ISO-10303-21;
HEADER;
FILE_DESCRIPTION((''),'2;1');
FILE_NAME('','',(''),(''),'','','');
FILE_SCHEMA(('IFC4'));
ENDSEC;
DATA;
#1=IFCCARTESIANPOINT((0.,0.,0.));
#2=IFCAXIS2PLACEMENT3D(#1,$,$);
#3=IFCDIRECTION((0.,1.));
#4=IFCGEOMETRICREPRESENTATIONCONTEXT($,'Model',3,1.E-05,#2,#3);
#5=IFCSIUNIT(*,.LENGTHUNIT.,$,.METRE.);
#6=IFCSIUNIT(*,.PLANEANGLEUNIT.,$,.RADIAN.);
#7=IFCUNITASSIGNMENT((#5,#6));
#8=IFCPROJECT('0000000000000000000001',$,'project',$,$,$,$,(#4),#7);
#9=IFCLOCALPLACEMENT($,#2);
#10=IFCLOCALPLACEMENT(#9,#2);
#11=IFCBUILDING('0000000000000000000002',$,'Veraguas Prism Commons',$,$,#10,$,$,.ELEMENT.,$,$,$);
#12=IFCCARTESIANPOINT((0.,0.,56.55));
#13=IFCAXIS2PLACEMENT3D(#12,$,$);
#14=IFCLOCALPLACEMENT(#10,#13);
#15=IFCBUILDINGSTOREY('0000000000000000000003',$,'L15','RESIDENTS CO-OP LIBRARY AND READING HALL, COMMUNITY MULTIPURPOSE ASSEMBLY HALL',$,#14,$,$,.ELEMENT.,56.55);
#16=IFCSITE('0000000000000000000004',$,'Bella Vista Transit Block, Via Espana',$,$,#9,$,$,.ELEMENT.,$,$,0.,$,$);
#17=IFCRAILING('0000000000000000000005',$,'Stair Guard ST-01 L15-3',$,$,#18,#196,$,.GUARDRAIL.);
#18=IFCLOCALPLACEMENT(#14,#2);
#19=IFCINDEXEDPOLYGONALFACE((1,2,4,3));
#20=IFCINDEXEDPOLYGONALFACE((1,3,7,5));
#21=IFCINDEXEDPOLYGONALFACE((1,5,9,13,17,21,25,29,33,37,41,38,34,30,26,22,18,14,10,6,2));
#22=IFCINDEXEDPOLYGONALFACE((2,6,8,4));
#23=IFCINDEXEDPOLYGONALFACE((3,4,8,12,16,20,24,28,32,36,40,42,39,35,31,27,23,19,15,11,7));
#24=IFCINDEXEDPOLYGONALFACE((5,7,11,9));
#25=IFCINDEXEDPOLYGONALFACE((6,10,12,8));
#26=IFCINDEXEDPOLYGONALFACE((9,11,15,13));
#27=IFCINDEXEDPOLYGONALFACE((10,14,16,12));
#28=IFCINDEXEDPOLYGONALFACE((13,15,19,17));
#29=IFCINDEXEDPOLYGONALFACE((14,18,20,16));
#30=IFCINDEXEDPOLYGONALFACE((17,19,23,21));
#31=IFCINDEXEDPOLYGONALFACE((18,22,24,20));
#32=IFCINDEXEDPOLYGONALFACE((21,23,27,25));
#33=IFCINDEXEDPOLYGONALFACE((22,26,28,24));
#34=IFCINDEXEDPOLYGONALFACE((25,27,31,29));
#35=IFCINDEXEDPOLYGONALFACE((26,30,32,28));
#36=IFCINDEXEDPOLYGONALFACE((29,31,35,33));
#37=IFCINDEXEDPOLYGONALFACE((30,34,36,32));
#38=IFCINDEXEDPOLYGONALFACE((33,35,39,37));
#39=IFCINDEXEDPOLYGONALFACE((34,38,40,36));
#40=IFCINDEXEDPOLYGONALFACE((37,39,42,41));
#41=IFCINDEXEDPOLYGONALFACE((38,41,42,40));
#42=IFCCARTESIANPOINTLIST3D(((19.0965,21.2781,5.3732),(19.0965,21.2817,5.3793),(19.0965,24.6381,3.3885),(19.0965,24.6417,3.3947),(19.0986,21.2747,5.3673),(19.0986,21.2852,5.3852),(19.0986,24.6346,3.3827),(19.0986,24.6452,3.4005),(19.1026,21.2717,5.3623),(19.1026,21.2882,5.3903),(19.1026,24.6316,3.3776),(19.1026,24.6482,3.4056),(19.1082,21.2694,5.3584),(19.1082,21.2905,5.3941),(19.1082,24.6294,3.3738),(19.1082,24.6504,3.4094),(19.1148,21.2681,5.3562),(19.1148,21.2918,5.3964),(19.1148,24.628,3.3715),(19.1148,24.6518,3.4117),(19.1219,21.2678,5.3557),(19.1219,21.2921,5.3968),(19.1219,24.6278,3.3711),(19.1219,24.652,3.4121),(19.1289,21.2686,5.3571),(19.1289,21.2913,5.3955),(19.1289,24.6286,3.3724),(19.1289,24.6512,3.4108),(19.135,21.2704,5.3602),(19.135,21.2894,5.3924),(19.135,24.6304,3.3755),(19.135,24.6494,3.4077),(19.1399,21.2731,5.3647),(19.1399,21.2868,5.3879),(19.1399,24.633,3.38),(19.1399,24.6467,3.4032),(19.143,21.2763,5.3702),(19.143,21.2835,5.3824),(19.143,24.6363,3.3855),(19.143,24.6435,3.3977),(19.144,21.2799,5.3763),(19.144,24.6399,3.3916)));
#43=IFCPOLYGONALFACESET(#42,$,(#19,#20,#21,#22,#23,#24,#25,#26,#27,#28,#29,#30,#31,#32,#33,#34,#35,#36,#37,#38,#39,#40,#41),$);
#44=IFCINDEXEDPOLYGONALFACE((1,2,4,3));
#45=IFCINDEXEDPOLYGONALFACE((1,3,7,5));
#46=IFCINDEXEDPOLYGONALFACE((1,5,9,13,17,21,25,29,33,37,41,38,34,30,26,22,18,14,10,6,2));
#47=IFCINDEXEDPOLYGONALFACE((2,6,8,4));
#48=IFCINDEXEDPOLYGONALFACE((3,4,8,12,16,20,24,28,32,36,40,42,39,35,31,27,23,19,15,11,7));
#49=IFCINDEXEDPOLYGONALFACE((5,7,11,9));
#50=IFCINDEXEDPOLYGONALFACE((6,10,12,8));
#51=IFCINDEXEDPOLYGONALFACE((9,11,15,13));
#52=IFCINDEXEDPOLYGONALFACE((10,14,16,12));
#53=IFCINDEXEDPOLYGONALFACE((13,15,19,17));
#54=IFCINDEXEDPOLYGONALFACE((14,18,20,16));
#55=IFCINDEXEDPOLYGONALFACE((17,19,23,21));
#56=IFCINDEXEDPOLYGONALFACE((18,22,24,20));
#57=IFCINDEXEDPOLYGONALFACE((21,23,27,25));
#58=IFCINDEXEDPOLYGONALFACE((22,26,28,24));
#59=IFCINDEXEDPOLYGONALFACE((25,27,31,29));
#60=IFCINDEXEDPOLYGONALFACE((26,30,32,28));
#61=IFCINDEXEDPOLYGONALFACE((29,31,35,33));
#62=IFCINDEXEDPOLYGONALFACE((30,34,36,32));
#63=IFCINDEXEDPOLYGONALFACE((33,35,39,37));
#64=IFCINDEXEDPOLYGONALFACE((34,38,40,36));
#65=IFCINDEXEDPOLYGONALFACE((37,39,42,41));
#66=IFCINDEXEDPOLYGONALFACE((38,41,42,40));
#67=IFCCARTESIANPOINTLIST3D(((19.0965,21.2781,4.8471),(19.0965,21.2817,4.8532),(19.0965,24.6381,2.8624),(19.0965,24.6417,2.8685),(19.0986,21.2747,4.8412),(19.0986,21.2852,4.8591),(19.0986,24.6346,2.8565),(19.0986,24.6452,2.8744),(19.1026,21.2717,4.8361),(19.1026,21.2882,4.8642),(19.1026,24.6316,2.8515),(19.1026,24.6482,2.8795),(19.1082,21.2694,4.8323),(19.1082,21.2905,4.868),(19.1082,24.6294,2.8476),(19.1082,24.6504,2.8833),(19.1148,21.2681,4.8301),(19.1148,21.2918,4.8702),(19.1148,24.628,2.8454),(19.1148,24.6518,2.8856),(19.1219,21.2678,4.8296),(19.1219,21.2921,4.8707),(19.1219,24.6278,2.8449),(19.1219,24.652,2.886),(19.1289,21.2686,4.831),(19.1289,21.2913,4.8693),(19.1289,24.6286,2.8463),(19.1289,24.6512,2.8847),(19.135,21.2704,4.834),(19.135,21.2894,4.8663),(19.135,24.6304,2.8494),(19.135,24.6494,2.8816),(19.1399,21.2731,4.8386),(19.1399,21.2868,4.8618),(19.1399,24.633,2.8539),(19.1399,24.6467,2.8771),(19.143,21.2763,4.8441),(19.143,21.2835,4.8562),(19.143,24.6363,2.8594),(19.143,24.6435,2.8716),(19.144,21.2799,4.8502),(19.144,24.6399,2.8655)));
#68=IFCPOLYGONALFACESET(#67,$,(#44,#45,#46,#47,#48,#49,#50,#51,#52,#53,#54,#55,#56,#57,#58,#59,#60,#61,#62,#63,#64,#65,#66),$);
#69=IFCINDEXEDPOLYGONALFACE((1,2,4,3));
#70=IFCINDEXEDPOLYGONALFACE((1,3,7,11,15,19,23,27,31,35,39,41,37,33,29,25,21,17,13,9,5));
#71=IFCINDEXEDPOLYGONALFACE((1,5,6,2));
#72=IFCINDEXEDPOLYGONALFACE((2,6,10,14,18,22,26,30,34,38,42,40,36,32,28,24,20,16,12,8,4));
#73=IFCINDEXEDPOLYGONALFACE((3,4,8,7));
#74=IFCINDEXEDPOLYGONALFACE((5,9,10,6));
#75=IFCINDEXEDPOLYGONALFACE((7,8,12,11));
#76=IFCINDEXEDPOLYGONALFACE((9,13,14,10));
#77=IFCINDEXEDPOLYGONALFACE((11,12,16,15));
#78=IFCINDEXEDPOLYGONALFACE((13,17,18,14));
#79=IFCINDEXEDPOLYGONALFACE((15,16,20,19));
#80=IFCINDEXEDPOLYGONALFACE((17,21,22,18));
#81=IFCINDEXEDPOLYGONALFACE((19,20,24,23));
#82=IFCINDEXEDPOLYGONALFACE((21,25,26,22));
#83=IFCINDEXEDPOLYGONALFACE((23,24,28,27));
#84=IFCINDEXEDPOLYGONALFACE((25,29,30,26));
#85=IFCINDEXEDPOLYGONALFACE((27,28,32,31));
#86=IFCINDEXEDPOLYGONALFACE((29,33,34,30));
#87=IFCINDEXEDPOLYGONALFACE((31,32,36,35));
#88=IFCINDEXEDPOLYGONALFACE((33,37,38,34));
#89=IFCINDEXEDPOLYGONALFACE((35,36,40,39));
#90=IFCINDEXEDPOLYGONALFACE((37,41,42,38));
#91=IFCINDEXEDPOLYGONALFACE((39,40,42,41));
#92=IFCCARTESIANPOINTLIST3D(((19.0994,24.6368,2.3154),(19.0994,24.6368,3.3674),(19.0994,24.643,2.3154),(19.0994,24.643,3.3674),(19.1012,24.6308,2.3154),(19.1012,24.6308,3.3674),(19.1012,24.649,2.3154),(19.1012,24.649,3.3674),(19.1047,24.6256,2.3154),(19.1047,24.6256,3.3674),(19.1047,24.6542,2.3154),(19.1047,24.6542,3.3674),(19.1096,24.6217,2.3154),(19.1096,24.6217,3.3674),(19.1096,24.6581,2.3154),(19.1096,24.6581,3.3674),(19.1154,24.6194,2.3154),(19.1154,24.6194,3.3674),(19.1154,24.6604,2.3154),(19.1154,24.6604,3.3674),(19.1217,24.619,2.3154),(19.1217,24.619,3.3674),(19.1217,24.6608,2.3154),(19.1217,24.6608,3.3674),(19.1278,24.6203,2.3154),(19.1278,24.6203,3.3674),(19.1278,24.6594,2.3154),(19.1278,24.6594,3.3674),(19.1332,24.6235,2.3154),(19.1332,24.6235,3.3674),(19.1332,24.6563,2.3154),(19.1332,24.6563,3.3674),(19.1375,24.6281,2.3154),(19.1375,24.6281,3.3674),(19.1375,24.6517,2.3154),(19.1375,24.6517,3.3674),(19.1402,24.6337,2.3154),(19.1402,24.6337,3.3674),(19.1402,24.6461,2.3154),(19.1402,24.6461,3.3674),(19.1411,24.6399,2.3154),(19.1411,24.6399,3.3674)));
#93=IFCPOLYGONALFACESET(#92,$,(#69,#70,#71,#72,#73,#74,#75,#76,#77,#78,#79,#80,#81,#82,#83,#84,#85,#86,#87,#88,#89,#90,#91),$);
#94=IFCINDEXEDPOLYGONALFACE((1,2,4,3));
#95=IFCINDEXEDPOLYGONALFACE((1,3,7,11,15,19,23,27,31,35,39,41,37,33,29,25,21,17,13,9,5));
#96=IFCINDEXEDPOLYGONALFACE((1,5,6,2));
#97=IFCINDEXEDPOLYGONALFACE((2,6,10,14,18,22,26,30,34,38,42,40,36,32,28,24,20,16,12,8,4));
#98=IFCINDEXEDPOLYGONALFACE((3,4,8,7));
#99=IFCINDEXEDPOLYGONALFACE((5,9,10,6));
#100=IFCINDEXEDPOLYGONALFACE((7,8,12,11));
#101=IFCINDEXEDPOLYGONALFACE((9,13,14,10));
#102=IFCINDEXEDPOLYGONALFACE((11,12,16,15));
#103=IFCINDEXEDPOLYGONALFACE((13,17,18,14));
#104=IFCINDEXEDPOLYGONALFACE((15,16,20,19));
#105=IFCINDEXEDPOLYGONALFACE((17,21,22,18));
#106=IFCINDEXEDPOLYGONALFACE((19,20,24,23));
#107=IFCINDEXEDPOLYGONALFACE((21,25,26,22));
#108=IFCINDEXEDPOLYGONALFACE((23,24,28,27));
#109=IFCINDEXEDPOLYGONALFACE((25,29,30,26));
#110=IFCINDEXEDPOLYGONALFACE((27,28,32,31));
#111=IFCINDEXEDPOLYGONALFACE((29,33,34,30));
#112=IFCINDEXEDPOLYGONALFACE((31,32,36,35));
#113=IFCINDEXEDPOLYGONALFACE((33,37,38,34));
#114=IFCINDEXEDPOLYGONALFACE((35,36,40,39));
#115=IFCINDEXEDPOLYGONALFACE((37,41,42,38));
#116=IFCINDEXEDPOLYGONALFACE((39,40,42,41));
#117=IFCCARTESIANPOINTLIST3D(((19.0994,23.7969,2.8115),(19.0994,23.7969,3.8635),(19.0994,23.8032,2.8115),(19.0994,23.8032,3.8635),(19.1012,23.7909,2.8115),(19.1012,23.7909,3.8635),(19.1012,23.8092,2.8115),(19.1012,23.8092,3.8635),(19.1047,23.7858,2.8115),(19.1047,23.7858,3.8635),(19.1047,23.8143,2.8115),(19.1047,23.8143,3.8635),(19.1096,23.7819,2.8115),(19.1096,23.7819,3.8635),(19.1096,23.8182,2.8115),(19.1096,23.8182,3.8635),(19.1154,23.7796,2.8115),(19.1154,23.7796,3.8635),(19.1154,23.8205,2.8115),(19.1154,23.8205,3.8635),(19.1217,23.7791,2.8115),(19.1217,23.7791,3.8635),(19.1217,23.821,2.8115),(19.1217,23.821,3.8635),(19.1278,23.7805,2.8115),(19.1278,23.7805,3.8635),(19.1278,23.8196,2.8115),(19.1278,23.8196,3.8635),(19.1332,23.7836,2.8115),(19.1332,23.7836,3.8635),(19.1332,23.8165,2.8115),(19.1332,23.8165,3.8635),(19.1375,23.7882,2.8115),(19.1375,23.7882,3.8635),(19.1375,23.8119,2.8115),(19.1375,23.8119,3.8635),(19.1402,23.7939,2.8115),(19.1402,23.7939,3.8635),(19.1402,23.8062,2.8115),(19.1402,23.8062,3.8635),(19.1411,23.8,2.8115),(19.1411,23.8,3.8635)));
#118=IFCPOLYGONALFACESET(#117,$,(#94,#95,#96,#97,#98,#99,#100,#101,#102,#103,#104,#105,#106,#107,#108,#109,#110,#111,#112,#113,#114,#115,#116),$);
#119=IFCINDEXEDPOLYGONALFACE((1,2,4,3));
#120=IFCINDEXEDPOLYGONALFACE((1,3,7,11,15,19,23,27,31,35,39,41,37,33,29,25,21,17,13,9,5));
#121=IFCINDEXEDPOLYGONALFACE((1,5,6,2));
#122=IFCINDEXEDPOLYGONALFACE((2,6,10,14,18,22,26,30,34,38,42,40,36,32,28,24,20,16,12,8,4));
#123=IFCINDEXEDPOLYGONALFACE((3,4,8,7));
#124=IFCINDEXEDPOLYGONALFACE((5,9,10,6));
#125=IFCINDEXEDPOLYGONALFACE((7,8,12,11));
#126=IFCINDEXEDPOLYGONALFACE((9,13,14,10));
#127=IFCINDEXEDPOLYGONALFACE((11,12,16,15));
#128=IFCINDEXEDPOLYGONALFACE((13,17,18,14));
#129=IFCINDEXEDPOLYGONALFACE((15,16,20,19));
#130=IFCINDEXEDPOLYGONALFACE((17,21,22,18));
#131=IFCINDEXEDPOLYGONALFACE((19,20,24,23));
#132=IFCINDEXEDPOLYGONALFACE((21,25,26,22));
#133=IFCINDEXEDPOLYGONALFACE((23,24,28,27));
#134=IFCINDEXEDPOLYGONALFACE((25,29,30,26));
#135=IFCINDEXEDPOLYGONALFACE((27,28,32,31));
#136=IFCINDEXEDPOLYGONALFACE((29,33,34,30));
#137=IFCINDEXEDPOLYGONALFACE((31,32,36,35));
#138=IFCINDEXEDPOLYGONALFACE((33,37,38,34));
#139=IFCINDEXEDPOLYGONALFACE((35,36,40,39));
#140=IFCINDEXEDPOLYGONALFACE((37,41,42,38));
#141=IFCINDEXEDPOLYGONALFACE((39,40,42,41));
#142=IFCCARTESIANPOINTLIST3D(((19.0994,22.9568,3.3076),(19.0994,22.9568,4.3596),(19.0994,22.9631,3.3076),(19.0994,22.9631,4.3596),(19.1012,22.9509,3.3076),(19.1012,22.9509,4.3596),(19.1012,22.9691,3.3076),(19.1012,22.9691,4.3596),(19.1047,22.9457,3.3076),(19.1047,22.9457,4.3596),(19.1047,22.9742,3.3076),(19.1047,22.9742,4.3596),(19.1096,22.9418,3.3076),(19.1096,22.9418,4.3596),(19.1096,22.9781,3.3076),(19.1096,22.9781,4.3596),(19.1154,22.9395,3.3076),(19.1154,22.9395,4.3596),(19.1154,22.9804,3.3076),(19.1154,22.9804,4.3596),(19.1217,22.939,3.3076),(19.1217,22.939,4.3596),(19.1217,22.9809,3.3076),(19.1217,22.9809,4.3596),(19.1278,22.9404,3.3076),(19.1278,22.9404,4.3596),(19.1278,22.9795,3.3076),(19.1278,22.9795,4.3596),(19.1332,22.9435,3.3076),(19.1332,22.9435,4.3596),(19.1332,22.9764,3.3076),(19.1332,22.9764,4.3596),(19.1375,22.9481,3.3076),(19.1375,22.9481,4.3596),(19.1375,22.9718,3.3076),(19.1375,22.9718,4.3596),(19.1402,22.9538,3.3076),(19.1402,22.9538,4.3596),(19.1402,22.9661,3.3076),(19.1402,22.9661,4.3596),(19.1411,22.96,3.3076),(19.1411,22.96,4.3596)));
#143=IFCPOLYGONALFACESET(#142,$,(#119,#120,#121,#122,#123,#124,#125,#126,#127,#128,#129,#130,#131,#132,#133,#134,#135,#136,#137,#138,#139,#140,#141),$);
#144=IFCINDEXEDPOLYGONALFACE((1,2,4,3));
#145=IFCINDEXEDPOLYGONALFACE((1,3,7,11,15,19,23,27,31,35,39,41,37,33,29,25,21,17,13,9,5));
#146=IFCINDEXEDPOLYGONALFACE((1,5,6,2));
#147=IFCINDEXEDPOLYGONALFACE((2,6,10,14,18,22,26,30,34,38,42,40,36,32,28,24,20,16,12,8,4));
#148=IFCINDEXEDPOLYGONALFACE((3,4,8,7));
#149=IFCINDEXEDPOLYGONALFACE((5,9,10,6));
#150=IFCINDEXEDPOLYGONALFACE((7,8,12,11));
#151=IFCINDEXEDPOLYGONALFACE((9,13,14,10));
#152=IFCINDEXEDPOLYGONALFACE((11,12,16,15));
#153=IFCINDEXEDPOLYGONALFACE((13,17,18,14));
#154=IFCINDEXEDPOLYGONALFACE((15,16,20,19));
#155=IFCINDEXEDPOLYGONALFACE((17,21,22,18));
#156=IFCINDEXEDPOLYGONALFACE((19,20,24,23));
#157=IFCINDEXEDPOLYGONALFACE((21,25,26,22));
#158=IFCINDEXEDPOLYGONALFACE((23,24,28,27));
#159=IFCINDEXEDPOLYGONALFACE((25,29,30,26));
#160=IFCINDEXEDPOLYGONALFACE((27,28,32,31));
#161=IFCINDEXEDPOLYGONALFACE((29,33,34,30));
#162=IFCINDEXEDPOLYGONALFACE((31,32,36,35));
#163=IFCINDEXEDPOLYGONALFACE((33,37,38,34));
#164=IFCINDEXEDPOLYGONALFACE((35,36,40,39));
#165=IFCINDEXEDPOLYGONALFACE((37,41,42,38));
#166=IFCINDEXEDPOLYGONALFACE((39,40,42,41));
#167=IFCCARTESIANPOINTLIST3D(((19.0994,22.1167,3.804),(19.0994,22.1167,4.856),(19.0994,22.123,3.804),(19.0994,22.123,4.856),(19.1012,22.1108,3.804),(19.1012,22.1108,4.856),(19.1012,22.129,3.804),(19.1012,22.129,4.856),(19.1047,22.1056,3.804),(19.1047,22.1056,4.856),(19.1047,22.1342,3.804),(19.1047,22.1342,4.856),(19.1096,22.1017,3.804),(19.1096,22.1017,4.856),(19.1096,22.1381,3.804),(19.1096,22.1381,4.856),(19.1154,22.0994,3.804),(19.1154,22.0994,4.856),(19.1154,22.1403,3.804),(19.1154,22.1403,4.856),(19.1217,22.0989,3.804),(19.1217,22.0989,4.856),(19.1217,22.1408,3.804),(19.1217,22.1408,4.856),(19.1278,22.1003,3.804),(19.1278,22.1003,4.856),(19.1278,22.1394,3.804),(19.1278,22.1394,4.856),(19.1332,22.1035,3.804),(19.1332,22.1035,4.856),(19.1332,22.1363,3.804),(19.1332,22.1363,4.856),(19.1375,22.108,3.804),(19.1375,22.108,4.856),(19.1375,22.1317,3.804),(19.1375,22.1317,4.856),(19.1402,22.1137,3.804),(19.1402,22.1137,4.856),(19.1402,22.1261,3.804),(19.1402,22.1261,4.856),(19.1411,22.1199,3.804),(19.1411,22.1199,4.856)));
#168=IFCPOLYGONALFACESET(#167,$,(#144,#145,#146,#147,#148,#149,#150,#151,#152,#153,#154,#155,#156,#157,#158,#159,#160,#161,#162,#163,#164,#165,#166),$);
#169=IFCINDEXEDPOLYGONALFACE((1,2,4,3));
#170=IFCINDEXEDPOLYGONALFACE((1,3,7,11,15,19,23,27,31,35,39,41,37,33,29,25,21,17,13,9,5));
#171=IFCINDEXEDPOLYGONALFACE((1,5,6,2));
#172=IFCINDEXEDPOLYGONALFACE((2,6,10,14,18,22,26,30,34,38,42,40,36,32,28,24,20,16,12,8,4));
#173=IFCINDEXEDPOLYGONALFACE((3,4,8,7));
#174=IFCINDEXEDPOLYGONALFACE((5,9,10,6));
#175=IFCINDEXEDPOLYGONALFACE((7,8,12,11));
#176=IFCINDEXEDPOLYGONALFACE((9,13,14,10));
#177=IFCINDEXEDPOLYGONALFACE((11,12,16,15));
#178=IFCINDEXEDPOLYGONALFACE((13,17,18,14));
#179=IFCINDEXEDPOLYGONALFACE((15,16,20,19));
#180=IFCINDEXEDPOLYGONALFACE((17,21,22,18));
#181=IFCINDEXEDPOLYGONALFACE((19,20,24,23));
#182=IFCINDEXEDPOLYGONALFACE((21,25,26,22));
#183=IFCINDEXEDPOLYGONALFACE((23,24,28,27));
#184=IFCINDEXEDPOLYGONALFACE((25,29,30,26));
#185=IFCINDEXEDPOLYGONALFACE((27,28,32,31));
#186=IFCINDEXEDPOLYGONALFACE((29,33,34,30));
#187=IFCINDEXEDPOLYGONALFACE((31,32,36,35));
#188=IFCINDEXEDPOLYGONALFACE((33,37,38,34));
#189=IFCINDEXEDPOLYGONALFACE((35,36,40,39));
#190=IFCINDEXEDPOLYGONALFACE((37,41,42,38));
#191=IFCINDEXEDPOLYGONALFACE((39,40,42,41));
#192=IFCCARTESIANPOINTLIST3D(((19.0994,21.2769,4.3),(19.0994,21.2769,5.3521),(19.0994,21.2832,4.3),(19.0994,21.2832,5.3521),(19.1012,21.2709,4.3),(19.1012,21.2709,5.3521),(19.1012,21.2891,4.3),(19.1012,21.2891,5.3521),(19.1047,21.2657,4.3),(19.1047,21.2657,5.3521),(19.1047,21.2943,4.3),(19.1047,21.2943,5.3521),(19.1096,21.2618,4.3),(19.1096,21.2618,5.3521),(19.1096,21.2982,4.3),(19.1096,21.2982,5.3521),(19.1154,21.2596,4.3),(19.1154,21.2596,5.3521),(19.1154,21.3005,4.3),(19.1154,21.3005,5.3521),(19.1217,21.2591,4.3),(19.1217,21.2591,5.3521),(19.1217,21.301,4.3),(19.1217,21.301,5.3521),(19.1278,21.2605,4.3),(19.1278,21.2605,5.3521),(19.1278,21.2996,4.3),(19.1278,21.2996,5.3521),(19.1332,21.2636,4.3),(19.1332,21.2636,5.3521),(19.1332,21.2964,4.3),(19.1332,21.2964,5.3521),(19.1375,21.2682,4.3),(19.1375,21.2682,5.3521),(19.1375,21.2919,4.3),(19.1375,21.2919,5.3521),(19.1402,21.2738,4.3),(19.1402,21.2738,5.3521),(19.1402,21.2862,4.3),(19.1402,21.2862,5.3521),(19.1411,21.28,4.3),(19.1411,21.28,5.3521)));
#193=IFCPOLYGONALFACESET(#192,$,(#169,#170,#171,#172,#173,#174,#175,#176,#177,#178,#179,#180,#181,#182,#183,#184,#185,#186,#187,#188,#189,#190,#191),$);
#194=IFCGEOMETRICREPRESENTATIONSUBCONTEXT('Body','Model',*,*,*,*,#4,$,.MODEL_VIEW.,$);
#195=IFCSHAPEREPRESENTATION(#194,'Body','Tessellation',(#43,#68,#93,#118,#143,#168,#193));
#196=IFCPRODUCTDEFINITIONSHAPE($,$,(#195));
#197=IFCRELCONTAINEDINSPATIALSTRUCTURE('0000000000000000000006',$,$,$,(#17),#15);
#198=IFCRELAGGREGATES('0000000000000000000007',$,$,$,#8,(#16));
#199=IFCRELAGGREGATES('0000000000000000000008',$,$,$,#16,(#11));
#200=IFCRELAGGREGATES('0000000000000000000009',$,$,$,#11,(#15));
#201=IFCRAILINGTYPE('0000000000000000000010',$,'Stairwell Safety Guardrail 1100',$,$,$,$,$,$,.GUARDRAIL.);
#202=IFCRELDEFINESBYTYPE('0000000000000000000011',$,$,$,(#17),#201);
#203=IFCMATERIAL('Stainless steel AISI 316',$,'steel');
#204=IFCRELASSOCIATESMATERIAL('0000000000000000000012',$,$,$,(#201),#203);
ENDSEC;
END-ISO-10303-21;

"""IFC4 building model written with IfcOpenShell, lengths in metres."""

from ifc_helpers import new_model, si_unit, direction, frame, origin, origin_2d, place, context, subcontext, project, spatial, circle, extrude, material, type_object, element, save


model = new_model("IFC4")

# Units and contexts
model_context = context("Model", 3, precision=1e-05, world=origin(), true_north=direction((0.0, 1.0)))
body_context = subcontext(model_context, "Body", "Model", "MODEL_VIEW")
ifc_project = project(units=[si_unit("LENGTHUNIT", "METRE"), si_unit("PLANEANGLEUNIT", "RADIAN")], contexts=[model_context])

# Site, building, storey
site_placement = place(None, origin())
site = spatial("IfcSite", under=ifc_project, at=site_placement, Name="Bella Vista Transit Block, Via Espana", CompositionType="ELEMENT", RefElevation=0.0)
building_placement = place(site_placement, origin())
building = spatial("IfcBuilding", under=site, at=building_placement, Name="Veraguas Prism Commons", CompositionType="ELEMENT")
storey_placement = place(building_placement, frame((0.0, 0.0, 56.55)))
storey = spatial("IfcBuildingStorey", under=building, at=storey_placement, Name="L15", Description="RESIDENTS CO-OP LIBRARY AND READING HALL, COMMUNITY MULTIPURPOSE ASSEMBLY HALL", CompositionType="ELEMENT", Elevation=56.55)

# Railing
ifc_material_1 = material(Name="Stainless steel AISI 316", Category="steel")
railing_type_1 = type_object("IfcRailingType", Name="Stairwell Safety Guardrail 1100", PredefinedType="GUARDRAIL", material=ifc_material_1)
railing_1_placement = place(storey_placement, frame((19.1201, 24.6399, 2.3154)))
element("IfcRailing", 1, at=railing_1_placement, inside=storey, type_object=railing_type_1, Name="Stair Guard ST-01 L15-3", PredefinedType="GUARDRAIL", context=body_context, shape_type="SweptSolid", body=[
    extrude(circle(Radius=0.0239, at=origin_2d()), frame((0.0, 0.0, 1.0762), z_axis=(0.0, -0.861011, 0.508586), x_axis=(1.0, 0.0, 0.0)), (0.0, 0.0, 1.0), 3.9023),
    extrude(circle(Radius=0.0239, at=origin_2d()), frame((0.0, 0.0, 0.55), z_axis=(0.0, -0.861011, 0.508586), x_axis=(1.0, 0.0, 0.0)), (0.0, 0.0, 1.0), 3.9023),
    extrude(circle(Radius=0.021, at=origin_2d()), origin(), (0.0, 0.0, 1.0), 1.052),
    extrude(circle(Radius=0.021, at=origin_2d()), frame((0.0, -0.8398, 0.4961)), (0.0, 0.0, 1.0), 1.052),
    extrude(circle(Radius=0.021, at=origin_2d()), frame((0.0, -1.6799, 0.9922)), (0.0, 0.0, 1.0), 1.052),
    extrude(circle(Radius=0.021, at=origin_2d()), frame((0.0, -2.52, 1.4885)), (0.0, 0.0, 1.0), 1.052),
    extrude(circle(Radius=0.021, at=origin_2d()), frame((0.0, -3.3599, 1.9846)), (0.0, 0.0, 1.0), 1.052),
])

save(model, "model.ifc")
